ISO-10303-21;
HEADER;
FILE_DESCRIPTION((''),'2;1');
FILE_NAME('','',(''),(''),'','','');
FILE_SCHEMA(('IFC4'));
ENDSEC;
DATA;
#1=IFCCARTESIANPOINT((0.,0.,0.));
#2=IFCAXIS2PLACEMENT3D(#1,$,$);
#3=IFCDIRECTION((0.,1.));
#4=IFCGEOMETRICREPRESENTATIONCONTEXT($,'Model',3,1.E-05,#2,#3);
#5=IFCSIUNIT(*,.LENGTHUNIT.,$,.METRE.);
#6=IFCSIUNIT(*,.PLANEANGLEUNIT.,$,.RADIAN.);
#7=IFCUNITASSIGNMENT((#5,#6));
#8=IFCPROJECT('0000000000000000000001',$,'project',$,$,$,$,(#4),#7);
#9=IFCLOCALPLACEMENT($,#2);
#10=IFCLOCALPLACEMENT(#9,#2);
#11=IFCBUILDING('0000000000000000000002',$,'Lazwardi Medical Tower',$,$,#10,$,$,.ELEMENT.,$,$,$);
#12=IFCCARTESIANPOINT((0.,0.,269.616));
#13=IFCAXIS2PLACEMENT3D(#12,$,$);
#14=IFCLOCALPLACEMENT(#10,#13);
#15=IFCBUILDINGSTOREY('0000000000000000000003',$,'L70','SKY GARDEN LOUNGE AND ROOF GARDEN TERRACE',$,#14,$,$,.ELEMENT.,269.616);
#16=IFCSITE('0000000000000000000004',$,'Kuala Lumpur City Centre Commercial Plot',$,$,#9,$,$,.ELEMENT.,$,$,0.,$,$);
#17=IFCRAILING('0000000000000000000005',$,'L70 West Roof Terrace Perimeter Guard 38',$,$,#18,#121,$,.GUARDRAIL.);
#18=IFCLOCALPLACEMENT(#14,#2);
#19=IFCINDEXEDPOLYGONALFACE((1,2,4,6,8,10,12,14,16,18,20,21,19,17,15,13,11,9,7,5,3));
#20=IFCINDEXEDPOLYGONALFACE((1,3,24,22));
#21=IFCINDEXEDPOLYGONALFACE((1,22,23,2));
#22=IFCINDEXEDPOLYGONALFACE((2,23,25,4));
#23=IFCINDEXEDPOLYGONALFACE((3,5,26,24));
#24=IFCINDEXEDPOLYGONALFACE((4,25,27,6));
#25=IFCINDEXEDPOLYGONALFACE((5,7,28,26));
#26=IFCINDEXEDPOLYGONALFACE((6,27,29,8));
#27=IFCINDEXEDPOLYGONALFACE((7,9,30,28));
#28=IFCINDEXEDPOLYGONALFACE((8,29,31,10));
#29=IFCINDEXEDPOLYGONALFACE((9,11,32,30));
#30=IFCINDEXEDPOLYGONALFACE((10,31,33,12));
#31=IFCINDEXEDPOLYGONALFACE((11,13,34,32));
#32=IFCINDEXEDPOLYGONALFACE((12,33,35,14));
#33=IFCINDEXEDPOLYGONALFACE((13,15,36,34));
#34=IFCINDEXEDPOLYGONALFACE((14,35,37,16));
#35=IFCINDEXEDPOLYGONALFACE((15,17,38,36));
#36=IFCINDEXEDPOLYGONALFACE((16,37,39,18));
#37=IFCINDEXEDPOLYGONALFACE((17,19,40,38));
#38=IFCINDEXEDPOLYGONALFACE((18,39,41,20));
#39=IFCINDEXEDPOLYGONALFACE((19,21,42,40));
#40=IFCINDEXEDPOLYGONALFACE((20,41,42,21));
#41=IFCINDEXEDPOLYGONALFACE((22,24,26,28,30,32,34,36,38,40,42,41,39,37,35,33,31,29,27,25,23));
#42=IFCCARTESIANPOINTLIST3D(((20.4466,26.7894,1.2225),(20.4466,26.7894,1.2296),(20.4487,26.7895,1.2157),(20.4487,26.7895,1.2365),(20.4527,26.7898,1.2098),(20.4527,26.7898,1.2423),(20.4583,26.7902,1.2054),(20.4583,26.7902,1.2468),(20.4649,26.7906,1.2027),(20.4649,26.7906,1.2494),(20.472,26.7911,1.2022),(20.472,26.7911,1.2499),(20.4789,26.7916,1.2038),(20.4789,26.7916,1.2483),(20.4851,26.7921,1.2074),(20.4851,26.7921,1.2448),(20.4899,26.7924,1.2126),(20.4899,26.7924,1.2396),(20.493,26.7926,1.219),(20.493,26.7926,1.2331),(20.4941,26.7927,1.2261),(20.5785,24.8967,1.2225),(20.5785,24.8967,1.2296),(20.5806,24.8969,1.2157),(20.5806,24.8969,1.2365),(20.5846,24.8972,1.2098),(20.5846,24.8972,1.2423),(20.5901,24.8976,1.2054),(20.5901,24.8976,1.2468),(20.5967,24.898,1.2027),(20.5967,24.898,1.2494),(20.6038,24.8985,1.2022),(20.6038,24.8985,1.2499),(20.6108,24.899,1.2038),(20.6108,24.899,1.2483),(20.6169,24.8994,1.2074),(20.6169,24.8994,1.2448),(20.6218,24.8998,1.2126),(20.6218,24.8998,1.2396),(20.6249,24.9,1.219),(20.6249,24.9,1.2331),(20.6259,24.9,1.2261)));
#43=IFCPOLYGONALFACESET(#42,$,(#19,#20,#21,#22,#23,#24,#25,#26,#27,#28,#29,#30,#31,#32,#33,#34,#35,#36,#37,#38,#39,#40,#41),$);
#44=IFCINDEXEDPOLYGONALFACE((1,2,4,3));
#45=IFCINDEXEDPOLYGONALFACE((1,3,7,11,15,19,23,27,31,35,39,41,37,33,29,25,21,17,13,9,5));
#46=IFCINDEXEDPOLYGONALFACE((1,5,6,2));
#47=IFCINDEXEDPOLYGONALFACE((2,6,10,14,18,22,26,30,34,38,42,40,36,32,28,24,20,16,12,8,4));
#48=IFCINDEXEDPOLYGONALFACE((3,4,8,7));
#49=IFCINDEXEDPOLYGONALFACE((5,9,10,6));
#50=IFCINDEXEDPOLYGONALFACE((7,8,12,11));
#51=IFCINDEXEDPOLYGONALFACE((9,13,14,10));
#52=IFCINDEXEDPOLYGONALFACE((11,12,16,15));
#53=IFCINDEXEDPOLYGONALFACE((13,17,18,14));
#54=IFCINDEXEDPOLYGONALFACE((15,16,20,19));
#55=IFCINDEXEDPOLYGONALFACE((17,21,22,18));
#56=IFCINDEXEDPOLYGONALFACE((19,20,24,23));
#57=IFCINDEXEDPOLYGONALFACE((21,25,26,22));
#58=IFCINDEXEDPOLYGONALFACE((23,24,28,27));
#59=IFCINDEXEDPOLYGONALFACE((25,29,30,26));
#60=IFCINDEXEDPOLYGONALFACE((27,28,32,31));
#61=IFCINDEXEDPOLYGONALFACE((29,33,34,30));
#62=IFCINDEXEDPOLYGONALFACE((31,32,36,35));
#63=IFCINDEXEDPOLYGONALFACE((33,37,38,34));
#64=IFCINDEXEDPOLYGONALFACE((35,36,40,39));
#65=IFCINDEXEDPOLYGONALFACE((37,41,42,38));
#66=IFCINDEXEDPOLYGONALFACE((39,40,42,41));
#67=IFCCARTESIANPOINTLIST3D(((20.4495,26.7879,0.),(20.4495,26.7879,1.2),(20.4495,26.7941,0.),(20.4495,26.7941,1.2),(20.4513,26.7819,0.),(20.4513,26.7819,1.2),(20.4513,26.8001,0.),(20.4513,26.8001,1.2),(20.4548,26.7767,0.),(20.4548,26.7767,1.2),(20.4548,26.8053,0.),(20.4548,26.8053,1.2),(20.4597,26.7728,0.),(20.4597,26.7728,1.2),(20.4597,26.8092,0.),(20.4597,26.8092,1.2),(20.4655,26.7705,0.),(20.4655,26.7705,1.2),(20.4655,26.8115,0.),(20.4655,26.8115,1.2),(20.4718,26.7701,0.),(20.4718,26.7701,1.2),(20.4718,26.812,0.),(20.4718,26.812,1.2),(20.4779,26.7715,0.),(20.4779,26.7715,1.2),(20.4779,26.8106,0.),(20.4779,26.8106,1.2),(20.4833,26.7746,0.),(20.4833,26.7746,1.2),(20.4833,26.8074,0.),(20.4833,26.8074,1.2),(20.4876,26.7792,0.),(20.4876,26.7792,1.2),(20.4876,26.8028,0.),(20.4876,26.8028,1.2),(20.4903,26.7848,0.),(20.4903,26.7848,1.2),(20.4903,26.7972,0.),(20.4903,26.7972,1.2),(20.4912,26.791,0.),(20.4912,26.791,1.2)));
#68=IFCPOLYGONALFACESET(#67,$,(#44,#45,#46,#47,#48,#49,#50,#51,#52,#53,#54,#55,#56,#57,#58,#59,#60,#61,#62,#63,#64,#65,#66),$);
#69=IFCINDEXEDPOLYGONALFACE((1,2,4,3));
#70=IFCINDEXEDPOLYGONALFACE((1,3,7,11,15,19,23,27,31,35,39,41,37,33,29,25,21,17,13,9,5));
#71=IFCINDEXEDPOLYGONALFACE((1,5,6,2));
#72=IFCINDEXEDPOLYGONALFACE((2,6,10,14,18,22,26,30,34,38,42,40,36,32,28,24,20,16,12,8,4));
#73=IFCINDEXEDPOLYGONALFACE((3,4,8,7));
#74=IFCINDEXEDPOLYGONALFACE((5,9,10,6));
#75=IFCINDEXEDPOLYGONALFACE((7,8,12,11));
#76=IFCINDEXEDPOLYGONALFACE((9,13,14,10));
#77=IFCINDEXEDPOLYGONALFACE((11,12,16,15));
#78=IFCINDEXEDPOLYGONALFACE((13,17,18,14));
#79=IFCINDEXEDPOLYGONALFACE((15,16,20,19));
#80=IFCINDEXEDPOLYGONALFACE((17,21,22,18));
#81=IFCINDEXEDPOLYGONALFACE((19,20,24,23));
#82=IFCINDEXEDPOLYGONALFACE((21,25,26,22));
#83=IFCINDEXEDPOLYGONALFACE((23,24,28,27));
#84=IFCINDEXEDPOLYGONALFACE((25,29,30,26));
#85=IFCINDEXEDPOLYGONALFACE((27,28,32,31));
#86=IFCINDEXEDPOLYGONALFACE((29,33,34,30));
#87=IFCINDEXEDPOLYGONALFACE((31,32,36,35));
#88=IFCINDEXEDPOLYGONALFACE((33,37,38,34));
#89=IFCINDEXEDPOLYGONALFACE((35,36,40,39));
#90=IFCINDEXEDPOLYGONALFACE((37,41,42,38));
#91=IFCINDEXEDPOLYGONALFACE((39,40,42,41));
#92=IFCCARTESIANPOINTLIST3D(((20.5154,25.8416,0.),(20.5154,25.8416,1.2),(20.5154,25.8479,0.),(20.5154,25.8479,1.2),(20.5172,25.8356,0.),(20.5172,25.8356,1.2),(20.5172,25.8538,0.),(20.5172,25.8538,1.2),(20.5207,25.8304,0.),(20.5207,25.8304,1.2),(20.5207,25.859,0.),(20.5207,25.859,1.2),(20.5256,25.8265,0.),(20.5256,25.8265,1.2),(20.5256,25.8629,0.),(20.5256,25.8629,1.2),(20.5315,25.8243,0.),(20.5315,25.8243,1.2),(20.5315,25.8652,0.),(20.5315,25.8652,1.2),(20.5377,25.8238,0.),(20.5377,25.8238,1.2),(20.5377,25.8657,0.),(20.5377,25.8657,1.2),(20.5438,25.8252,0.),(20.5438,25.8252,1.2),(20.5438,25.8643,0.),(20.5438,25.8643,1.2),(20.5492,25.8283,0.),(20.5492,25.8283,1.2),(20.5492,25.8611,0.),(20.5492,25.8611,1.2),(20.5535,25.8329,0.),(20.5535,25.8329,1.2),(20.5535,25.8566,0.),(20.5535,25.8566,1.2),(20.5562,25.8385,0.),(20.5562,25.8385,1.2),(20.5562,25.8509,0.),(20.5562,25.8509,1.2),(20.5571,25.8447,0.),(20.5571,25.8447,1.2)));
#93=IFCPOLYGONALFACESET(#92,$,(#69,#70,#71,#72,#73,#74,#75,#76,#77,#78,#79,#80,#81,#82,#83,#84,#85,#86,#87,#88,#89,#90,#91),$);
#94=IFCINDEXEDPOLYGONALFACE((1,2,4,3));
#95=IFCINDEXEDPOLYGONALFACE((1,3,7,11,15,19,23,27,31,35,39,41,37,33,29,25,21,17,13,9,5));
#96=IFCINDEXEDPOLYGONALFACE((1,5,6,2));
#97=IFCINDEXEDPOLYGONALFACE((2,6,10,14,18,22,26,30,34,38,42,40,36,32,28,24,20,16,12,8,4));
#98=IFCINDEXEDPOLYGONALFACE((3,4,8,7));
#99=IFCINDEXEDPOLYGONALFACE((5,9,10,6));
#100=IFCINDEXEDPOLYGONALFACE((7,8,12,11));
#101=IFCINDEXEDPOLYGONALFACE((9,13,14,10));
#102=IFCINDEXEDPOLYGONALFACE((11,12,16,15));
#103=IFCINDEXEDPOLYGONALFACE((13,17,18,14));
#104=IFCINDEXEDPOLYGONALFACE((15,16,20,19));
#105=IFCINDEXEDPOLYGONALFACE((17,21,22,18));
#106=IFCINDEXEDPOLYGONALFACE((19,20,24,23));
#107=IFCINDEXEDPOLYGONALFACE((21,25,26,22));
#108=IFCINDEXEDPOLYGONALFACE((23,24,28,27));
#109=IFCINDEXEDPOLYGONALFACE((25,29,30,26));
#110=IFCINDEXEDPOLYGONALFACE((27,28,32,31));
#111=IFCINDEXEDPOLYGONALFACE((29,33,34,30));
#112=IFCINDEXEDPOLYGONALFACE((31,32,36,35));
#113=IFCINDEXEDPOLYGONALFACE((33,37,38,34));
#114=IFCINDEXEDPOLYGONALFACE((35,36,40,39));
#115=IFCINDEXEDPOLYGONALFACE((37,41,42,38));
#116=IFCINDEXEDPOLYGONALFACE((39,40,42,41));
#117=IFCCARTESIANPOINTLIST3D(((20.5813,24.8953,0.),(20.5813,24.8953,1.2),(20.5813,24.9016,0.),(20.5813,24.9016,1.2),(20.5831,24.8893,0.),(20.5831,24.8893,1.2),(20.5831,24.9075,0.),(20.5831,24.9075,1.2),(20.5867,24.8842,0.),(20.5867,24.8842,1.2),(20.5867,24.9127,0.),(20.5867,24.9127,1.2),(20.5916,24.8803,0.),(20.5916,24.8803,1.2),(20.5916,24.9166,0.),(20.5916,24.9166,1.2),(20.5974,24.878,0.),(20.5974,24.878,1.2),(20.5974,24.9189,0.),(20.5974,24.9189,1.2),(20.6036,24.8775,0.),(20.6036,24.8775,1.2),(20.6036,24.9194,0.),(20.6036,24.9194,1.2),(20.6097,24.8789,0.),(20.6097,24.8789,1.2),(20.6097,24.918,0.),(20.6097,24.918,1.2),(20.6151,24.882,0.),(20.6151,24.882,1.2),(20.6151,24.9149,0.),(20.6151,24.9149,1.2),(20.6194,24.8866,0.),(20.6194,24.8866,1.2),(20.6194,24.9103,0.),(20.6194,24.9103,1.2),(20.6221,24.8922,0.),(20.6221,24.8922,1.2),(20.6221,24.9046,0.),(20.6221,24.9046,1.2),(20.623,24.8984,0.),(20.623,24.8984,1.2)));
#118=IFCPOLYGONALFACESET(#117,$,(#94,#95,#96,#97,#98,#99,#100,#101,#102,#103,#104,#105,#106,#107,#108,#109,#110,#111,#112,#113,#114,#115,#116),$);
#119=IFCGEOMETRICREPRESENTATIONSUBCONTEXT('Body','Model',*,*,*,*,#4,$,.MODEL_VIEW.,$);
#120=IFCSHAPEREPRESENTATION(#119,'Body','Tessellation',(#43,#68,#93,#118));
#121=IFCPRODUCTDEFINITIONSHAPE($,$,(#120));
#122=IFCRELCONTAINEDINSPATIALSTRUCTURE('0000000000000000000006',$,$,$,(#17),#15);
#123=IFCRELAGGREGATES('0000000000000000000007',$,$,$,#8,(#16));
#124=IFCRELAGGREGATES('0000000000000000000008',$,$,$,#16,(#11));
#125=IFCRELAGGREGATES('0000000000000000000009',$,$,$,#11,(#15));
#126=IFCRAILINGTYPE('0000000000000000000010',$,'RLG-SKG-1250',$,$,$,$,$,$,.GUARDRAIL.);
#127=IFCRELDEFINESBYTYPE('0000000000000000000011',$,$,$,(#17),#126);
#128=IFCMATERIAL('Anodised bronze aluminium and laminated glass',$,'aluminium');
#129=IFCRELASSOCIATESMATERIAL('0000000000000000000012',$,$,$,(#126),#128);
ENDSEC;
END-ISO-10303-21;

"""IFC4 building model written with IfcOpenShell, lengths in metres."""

from ifc_helpers import new_model, si_unit, direction, frame, origin, origin_2d, place, context, subcontext, project, spatial, circle, extrude, material, type_object, element, save


model = new_model("IFC4")

# Units and contexts
model_context = context("Model", 3, precision=1e-05, world=origin(), true_north=direction((0.0, 1.0)))
body_context = subcontext(model_context, "Body", "Model", "MODEL_VIEW")
ifc_project = project(units=[si_unit("LENGTHUNIT", "METRE"), si_unit("PLANEANGLEUNIT", "RADIAN")], contexts=[model_context])

# Site, building, storey
site_placement = place(None, origin())
site = spatial("IfcSite", under=ifc_project, at=site_placement, Name="Kuala Lumpur City Centre Commercial Plot", CompositionType="ELEMENT", RefElevation=0.0)
building_placement = place(site_placement, origin())
building = spatial("IfcBuilding", under=site, at=building_placement, Name="Lazwardi Medical Tower", CompositionType="ELEMENT")
storey_placement = place(building_placement, frame((0.0, 0.0, 269.616)))
storey = spatial("IfcBuildingStorey", under=building, at=storey_placement, Name="L70", Description="SKY GARDEN LOUNGE AND ROOF GARDEN TERRACE", CompositionType="ELEMENT", Elevation=269.616)

# Shared definitions
ifc_material_1 = material(Name="Anodised bronze aluminium and laminated glass", Category="aluminium")

# Railing
railing_type = type_object("IfcRailingType", Name="RLG-SKG-1250", PredefinedType="GUARDRAIL", material=ifc_material_1)
railing_1_placement = place(storey_placement, frame((20.4702, 26.791, 0.0)))
element("IfcRailing", 1, at=railing_1_placement, inside=storey, type_object=railing_type, Name="L70 West Roof Terrace Perimeter Guard 38", PredefinedType="GUARDRAIL", context=body_context, shape_type="SweptSolid", body=[
    extrude(circle(Radius=0.0239, at=origin_2d()), frame((0.0, 0.0, 1.2261), z_axis=(0.069491, -0.997583, 0.0), x_axis=(0.997583, 0.069491, 0.0)), (0.0, 0.0, 1.0), 1.8972),
    extrude(circle(Radius=0.021, at=origin_2d()), origin(), (0.0, 0.0, 1.0), 1.2),
    extrude(circle(Radius=0.021, at=origin_2d()), frame((0.0659, -0.9463, 0.0)), (0.0, 0.0, 1.0), 1.2),
    extrude(circle(Radius=0.021, at=origin_2d()), frame((0.1318, -1.8926, 0.0)), (0.0, 0.0, 1.0), 1.2),
])

save(model, "model.ifc")
